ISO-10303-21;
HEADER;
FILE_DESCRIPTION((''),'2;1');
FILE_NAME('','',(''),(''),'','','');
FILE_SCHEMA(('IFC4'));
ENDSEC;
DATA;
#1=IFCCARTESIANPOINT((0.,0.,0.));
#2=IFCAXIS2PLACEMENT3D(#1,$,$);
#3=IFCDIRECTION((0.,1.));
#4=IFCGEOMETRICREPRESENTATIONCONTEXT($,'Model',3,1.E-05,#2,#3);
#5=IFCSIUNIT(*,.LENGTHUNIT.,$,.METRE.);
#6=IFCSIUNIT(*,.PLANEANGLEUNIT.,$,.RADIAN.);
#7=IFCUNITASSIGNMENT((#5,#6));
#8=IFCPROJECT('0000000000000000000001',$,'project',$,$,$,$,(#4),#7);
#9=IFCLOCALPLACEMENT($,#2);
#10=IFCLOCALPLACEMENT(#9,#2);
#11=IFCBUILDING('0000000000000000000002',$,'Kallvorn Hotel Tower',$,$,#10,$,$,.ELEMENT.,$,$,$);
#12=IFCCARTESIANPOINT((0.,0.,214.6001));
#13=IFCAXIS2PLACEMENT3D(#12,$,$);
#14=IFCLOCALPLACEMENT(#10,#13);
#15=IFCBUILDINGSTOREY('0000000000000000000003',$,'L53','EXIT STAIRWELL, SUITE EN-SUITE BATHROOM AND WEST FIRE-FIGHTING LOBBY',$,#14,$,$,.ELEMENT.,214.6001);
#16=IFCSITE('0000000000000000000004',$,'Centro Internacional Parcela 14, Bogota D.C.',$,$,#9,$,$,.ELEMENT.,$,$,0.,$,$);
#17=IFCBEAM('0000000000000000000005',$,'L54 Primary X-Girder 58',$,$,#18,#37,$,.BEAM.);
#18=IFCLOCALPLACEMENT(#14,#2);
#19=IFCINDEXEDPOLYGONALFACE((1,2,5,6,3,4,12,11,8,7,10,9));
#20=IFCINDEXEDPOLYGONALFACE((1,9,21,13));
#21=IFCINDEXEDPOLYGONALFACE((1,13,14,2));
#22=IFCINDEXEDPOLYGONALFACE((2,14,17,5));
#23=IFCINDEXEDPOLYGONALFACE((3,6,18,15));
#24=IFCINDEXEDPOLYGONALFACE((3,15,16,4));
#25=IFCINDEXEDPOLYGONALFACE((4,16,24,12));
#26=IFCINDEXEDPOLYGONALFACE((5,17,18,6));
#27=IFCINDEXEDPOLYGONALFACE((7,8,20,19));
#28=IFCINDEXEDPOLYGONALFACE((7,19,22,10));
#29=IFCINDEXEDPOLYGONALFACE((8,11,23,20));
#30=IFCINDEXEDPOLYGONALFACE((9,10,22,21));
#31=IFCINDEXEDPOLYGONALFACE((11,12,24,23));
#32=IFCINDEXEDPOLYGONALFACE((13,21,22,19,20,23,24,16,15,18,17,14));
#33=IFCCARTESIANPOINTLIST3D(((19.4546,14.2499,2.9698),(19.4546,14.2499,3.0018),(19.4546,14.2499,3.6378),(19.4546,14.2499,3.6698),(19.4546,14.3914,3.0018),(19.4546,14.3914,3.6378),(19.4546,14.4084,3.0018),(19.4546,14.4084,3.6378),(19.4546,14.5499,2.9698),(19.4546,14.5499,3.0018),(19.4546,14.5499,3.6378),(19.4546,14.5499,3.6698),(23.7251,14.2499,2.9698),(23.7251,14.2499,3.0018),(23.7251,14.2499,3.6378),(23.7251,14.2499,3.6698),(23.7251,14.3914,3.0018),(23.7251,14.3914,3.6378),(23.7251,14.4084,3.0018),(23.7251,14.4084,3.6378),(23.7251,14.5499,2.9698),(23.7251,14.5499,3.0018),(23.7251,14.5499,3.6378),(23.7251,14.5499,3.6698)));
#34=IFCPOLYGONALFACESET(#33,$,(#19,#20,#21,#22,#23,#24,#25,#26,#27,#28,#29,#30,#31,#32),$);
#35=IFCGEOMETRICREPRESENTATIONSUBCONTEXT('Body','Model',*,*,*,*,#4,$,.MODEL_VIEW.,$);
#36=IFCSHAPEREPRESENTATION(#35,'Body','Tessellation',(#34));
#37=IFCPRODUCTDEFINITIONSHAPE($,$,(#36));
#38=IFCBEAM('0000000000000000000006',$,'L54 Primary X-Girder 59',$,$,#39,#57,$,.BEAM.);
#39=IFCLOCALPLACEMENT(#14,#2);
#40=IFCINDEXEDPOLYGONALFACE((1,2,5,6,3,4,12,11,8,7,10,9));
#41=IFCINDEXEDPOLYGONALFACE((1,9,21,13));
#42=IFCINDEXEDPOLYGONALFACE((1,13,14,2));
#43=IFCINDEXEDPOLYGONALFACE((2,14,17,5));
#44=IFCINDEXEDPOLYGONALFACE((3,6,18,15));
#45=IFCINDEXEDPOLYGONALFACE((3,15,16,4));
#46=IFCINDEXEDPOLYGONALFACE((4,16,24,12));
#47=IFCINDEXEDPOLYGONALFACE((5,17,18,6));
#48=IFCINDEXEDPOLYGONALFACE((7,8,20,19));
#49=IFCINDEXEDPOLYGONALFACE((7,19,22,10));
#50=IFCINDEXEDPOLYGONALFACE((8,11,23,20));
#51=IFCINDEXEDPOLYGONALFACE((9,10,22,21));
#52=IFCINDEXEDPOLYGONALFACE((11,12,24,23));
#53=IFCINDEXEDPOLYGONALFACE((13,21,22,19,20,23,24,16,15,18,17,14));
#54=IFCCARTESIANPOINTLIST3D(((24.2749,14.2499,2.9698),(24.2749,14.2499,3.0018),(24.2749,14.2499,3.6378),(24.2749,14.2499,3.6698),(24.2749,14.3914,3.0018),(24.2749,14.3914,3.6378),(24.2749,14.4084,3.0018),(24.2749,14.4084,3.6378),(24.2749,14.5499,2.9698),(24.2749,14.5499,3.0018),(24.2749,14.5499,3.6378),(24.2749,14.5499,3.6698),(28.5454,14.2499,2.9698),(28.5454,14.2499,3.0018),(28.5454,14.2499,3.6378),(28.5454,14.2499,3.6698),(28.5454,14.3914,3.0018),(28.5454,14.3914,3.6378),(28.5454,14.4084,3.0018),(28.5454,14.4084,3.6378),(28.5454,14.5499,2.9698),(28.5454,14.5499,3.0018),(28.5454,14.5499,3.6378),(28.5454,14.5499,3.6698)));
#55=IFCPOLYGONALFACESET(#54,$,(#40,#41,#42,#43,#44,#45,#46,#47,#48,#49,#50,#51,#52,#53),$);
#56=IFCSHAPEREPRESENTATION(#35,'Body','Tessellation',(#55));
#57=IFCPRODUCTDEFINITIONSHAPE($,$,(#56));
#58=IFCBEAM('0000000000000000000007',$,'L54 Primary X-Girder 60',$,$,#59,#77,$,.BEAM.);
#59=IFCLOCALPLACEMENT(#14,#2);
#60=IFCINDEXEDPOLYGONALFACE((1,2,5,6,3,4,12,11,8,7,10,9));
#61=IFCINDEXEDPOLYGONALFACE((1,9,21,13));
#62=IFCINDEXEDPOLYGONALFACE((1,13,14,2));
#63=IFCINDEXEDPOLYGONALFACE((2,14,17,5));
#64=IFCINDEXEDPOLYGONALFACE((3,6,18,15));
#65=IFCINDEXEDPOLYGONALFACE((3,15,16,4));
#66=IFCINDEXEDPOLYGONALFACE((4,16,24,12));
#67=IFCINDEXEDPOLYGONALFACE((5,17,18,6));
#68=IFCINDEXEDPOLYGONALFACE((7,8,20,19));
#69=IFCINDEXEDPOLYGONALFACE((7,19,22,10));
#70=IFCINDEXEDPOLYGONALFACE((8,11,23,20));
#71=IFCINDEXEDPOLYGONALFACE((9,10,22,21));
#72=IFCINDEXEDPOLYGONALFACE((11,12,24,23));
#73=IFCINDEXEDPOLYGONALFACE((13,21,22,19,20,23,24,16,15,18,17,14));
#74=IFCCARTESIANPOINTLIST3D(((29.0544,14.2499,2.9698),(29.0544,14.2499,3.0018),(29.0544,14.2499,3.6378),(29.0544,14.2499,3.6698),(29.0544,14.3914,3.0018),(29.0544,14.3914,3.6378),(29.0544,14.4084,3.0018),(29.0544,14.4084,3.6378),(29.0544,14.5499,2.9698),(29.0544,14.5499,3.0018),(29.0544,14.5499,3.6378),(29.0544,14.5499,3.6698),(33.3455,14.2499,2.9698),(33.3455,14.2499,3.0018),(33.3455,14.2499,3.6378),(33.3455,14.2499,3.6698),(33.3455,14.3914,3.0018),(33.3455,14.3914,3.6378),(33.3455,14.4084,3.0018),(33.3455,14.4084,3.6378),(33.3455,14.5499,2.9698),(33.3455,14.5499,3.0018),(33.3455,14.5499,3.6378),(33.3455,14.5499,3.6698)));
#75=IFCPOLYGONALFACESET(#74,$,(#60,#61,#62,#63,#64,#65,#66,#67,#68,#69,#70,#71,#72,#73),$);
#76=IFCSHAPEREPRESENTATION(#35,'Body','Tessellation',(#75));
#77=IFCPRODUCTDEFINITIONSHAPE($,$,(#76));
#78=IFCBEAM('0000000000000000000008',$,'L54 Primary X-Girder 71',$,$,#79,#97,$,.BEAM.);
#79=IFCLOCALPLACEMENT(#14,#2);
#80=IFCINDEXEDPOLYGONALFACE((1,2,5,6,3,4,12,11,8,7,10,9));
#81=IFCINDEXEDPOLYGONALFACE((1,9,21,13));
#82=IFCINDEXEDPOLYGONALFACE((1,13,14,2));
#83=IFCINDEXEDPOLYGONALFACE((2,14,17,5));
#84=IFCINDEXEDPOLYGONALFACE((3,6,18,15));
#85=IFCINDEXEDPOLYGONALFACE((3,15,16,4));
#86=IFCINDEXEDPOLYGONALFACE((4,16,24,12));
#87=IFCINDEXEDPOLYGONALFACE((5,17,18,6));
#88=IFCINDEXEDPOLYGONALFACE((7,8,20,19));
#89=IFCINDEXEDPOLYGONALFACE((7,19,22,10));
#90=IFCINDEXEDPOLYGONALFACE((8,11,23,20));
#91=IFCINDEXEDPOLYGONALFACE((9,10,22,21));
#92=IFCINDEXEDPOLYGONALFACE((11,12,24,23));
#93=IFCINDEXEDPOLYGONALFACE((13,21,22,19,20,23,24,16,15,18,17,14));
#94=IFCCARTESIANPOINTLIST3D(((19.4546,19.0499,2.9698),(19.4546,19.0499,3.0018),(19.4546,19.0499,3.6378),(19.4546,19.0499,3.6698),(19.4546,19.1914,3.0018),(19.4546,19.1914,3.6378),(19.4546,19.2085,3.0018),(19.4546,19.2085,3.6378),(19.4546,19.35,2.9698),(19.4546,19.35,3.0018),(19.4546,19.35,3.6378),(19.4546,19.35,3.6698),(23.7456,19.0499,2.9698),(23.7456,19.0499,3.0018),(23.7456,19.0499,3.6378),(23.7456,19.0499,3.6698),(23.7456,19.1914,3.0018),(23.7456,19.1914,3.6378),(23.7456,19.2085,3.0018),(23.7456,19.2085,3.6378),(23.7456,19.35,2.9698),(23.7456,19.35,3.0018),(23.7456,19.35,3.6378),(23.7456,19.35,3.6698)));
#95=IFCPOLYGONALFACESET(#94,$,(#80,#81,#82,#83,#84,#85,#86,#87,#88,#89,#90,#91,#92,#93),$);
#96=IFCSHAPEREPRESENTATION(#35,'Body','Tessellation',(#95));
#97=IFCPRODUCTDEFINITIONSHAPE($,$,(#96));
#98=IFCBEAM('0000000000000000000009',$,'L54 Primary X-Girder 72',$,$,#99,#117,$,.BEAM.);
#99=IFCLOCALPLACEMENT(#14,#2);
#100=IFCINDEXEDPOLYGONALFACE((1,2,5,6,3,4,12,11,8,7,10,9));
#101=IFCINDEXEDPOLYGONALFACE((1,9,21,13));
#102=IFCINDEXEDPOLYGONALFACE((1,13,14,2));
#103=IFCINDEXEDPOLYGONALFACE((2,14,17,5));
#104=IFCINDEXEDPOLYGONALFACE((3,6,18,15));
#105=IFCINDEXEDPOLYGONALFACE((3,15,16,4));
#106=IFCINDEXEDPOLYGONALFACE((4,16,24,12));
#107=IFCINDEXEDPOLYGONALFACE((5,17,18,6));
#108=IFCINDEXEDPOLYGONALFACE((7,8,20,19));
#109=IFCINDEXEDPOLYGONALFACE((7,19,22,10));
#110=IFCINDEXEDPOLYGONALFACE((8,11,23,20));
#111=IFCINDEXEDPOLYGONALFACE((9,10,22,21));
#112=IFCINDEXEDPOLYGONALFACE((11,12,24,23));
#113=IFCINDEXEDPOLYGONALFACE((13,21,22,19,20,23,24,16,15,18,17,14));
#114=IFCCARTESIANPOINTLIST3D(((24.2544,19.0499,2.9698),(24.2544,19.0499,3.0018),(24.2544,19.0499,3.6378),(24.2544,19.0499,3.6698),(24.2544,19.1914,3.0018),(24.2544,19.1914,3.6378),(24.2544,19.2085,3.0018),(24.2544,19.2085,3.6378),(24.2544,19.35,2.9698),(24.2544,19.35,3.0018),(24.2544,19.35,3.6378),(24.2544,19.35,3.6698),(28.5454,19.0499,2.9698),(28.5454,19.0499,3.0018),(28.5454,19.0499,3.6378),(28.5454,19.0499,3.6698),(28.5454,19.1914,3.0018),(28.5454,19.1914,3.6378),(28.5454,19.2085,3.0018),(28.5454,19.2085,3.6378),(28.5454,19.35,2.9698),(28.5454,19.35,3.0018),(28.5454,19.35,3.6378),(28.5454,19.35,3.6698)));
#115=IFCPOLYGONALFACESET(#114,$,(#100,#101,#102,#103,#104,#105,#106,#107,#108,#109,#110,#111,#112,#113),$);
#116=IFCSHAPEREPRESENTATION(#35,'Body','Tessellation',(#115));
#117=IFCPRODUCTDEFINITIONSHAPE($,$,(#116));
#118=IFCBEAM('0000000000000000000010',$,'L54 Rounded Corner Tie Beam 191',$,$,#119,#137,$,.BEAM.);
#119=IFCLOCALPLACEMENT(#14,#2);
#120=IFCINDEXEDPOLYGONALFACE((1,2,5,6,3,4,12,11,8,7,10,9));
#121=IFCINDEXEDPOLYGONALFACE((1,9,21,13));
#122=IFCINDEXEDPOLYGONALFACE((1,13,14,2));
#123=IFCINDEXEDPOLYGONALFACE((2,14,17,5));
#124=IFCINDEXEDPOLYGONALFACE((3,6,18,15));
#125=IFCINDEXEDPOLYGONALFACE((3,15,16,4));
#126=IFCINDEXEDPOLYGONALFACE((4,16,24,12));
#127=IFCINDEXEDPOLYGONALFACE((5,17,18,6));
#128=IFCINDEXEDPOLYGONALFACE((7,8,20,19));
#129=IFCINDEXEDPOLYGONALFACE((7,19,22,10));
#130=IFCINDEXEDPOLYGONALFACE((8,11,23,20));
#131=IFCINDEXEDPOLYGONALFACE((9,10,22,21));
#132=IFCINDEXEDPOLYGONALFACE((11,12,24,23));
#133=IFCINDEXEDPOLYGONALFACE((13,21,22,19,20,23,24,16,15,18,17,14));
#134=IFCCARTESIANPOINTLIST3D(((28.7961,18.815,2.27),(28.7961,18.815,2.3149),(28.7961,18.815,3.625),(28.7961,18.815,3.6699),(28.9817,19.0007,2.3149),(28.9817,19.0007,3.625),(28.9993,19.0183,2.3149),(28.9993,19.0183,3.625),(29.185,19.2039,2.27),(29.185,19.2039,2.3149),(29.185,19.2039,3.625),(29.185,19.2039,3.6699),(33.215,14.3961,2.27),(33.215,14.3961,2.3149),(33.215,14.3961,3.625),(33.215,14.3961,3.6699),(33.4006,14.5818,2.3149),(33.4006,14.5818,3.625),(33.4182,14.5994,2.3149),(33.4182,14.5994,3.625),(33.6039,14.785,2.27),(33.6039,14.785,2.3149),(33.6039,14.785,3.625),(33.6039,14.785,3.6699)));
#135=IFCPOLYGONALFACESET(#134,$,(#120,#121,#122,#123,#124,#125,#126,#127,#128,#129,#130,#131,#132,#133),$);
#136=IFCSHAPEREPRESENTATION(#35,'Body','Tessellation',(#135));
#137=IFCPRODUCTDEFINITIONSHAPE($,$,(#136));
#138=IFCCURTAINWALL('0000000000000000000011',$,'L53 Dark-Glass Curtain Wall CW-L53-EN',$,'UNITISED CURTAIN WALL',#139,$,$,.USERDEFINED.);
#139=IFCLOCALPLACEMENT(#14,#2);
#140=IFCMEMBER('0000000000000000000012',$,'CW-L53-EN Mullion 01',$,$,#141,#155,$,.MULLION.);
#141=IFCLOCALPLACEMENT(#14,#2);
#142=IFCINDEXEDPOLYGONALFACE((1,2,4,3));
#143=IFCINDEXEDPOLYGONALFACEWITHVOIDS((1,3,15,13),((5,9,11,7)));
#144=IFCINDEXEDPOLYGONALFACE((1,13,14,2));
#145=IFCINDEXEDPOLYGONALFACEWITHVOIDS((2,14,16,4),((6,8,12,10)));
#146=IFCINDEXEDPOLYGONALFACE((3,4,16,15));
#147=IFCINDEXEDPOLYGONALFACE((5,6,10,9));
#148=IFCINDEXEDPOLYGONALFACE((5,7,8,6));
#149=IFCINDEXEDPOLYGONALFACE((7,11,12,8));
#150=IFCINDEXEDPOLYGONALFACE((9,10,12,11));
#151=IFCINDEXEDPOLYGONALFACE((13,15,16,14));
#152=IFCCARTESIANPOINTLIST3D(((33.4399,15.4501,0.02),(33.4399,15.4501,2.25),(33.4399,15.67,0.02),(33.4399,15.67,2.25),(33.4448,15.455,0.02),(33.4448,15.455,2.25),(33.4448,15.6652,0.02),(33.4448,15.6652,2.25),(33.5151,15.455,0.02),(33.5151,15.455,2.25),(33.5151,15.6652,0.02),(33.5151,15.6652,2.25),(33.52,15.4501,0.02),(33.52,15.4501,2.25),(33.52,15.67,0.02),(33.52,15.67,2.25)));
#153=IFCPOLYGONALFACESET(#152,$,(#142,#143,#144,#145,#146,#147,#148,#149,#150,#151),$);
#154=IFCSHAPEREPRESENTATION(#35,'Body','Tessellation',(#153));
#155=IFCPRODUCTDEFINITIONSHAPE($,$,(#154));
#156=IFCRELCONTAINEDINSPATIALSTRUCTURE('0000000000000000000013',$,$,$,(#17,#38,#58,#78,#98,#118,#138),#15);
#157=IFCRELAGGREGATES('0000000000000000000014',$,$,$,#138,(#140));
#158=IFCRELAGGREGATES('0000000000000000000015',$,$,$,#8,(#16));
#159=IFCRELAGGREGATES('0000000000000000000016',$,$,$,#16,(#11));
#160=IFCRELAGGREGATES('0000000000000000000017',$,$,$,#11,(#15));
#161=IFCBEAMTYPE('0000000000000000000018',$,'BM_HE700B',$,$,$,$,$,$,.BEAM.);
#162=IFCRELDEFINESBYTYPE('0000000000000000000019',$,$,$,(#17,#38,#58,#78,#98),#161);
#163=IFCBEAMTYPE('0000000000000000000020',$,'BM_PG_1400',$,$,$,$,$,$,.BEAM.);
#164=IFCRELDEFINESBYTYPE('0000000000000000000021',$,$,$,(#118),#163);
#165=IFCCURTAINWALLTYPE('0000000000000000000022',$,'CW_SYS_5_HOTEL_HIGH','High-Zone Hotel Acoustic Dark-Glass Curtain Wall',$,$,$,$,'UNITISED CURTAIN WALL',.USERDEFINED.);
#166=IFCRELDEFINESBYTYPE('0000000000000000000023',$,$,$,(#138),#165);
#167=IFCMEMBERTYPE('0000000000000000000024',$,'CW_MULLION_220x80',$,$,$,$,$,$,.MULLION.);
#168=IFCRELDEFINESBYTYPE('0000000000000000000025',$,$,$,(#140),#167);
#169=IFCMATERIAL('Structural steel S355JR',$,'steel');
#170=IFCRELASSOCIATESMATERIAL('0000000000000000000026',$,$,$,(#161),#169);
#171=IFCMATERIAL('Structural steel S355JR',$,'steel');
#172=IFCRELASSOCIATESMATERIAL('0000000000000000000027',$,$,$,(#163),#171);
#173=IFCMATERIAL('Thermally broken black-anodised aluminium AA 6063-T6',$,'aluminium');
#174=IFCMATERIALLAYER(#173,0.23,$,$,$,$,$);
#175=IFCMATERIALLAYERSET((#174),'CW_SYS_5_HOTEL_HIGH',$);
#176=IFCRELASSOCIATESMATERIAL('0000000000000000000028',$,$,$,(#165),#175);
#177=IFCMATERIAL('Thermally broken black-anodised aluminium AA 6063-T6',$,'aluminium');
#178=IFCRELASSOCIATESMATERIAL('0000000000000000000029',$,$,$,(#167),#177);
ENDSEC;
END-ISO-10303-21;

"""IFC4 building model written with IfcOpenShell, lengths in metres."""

from ifc_helpers import new_model, si_unit, direction, frame, origin, origin_2d, place, context, subcontext, project, spatial, hollow_rectangle, i_section, extrude, material, layer, layer_set, material_profile, profile_set, type_object, element, aggregate, save


model = new_model("IFC4")

# Units and contexts
model_context = context("Model", 3, precision=1e-05, world=origin(), true_north=direction((0.0, 1.0)))
body_context = subcontext(model_context, "Body", "Model", "MODEL_VIEW")
ifc_project = project(units=[si_unit("LENGTHUNIT", "METRE"), si_unit("PLANEANGLEUNIT", "RADIAN")], contexts=[model_context])

# Site, building, storey
site_placement = place(None, origin())
site = spatial("IfcSite", under=ifc_project, at=site_placement, Name="Centro Internacional Parcela 14, Bogota D.C.", CompositionType="ELEMENT", RefElevation=0.0)
building_placement = place(site_placement, origin())
building = spatial("IfcBuilding", under=site, at=building_placement, Name="Kallvorn Hotel Tower", CompositionType="ELEMENT")
storey_placement = place(building_placement, frame((0.0, 0.0, 214.6001)))
storey = spatial("IfcBuildingStorey", under=building, at=storey_placement, Name="L53", Description="EXIT STAIRWELL, SUITE EN-SUITE BATHROOM AND WEST FIRE-FIGHTING LOBBY", CompositionType="ELEMENT", Elevation=214.6001)

# Beams
ifc_material_1 = material(Name="Structural steel S355JR", Category="steel")
ifc_material_profile_1 = material_profile(ifc_material_1, i_section(OverallWidth=0.3, OverallDepth=0.7, WebThickness=0.0171, FlangeThickness=0.032, at=origin_2d()), Name="HE 700 B")
ifc_profile_set_1 = profile_set([ifc_material_profile_1], Name="Structural steel S355JR")
beam_type_1 = type_object("IfcBeamType", Name="BM_HE700B", PredefinedType="BEAM", material=ifc_profile_set_1)
for number, where, z_axis, x_axis, name in (
    (1, (19.4546, 14.3999, 3.3198), (1.0, 0.0, 0.0), (0.0, 1.0, 0.0), "L54 Primary X-Girder 58"),
    (2, (24.2749, 14.3999, 3.3198), (1.0, 0.0, 0.0), (0.0, 1.0, 0.0), "L54 Primary X-Girder 59"),
):
    element("IfcBeam", number, at=place(storey_placement, frame(where, z_axis=z_axis, x_axis=x_axis)), inside=storey, type_object=beam_type_1, Name=name, PredefinedType="BEAM", context=body_context, shape_type="SweptSolid", body=[
        extrude(i_section(OverallWidth=0.3, OverallDepth=0.7, WebThickness=0.0171, FlangeThickness=0.032, at=origin_2d()), origin(), (0.0, 0.0, 1.0), 4.2705),
    ])
for number, where, z_axis, x_axis, name in (
    (3, (29.0544, 14.3999, 3.3198), (1.0, 0.0, 0.0), (0.0, 1.0, 0.0), "L54 Primary X-Girder 60"),
    (4, (19.4546, 19.2, 3.3198), (1.0, 0.0, 0.0), (0.0, 1.0, 0.0), "L54 Primary X-Girder 71"),
    (5, (24.2544, 19.2, 3.3198), (1.0, 0.0, 0.0), (0.0, 1.0, 0.0), "L54 Primary X-Girder 72"),
):
    element("IfcBeam", number, at=place(storey_placement, frame(where, z_axis=z_axis, x_axis=x_axis)), inside=storey, type_object=beam_type_1, Name=name, PredefinedType="BEAM", context=body_context, shape_type="SweptSolid", body=[
        extrude(i_section(OverallWidth=0.3, OverallDepth=0.7, WebThickness=0.0171, FlangeThickness=0.032, at=origin_2d()), origin(), (0.0, 0.0, 1.0), 4.291),
    ])
ifc_material_2 = material(Name="Structural steel S355JR", Category="steel")
ifc_material_profile_2 = material_profile(ifc_material_2, i_section(OverallWidth=0.55, OverallDepth=1.3999, WebThickness=0.0249, FlangeThickness=0.0449, at=origin_2d()), Name="PG 1400x550x25x45")
ifc_profile_set_2 = profile_set([ifc_material_profile_2], Name="Structural steel S355JR")
beam_type_2 = type_object("IfcBeamType", Name="BM_PG_1400", PredefinedType="BEAM", material=ifc_profile_set_2)
beam_1_placement = place(storey_placement, frame((33.4094, 14.5906, 2.97), z_axis=(-0.707107, 0.707107, 0.0), x_axis=(-0.707107, -0.707107, 0.0)))
element("IfcBeam", 6, at=beam_1_placement, inside=storey, type_object=beam_type_2, Name="L54 Rounded Corner Tie Beam 191", PredefinedType="BEAM", context=body_context, shape_type="SweptSolid", body=[
    extrude(i_section(OverallWidth=0.55, OverallDepth=1.3999, WebThickness=0.0249, FlangeThickness=0.0449, at=origin_2d()), origin(), (0.0, 0.0, 1.0), 6.2493),
])

# Curtain wall, member
ifc_material_3 = material(Name="Thermally broken black-anodised aluminium AA 6063-T6", Category="aluminium")
ifc_layer_1 = layer(ifc_material_3, 0.23)
ifc_layer_set_1 = layer_set([ifc_layer_1], Name="CW_SYS_5_HOTEL_HIGH")
curtain_wall_type = type_object("IfcCurtainWallType", Name="CW_SYS_5_HOTEL_HIGH", Description="High-Zone Hotel Acoustic Dark-Glass Curtain Wall", ElementType="UNITISED CURTAIN WALL", PredefinedType="USERDEFINED", material=ifc_layer_set_1)
curtain_wall_placement = place(storey_placement, origin())
curtain_wall = element("IfcCurtainWall", 7, at=curtain_wall_placement, inside=storey, type_object=curtain_wall_type, Name="L53 Dark-Glass Curtain Wall CW-L53-EN", ObjectType="UNITISED CURTAIN WALL", PredefinedType="USERDEFINED")
ifc_material_4 = material(Name="Thermally broken black-anodised aluminium AA 6063-T6", Category="aluminium")
ifc_material_profile_3 = material_profile(ifc_material_4, hollow_rectangle(XDim=0.0801, YDim=0.22, WallThickness=0.0049, at=origin_2d()), Name="MUL 220x80")
ifc_profile_set_3 = profile_set([ifc_material_profile_3], Name="Thermally broken black-anodised aluminium AA 6063-T6")
member_type_1 = type_object("IfcMemberType", Name="CW_MULLION_220x80", PredefinedType="MULLION", material=ifc_profile_set_3)
member_placement = place(storey_placement, frame((33.48, 15.5601, 0.02), z_axis=(0.0, 0.0, 1.0), x_axis=(1.0, 0.0, 0.0)))
member = element("IfcMember", 8, at=member_placement, type_object=member_type_1, Name="CW-L53-EN Mullion 01", PredefinedType="MULLION", context=body_context, shape_type="SweptSolid", body=[
    extrude(hollow_rectangle(XDim=0.0801, YDim=0.22, WallThickness=0.0049, at=origin_2d()), origin(), (0.0, 0.0, 1.0), 2.23),
])
aggregate(curtain_wall, [member])

save(model, "model.ifc")
